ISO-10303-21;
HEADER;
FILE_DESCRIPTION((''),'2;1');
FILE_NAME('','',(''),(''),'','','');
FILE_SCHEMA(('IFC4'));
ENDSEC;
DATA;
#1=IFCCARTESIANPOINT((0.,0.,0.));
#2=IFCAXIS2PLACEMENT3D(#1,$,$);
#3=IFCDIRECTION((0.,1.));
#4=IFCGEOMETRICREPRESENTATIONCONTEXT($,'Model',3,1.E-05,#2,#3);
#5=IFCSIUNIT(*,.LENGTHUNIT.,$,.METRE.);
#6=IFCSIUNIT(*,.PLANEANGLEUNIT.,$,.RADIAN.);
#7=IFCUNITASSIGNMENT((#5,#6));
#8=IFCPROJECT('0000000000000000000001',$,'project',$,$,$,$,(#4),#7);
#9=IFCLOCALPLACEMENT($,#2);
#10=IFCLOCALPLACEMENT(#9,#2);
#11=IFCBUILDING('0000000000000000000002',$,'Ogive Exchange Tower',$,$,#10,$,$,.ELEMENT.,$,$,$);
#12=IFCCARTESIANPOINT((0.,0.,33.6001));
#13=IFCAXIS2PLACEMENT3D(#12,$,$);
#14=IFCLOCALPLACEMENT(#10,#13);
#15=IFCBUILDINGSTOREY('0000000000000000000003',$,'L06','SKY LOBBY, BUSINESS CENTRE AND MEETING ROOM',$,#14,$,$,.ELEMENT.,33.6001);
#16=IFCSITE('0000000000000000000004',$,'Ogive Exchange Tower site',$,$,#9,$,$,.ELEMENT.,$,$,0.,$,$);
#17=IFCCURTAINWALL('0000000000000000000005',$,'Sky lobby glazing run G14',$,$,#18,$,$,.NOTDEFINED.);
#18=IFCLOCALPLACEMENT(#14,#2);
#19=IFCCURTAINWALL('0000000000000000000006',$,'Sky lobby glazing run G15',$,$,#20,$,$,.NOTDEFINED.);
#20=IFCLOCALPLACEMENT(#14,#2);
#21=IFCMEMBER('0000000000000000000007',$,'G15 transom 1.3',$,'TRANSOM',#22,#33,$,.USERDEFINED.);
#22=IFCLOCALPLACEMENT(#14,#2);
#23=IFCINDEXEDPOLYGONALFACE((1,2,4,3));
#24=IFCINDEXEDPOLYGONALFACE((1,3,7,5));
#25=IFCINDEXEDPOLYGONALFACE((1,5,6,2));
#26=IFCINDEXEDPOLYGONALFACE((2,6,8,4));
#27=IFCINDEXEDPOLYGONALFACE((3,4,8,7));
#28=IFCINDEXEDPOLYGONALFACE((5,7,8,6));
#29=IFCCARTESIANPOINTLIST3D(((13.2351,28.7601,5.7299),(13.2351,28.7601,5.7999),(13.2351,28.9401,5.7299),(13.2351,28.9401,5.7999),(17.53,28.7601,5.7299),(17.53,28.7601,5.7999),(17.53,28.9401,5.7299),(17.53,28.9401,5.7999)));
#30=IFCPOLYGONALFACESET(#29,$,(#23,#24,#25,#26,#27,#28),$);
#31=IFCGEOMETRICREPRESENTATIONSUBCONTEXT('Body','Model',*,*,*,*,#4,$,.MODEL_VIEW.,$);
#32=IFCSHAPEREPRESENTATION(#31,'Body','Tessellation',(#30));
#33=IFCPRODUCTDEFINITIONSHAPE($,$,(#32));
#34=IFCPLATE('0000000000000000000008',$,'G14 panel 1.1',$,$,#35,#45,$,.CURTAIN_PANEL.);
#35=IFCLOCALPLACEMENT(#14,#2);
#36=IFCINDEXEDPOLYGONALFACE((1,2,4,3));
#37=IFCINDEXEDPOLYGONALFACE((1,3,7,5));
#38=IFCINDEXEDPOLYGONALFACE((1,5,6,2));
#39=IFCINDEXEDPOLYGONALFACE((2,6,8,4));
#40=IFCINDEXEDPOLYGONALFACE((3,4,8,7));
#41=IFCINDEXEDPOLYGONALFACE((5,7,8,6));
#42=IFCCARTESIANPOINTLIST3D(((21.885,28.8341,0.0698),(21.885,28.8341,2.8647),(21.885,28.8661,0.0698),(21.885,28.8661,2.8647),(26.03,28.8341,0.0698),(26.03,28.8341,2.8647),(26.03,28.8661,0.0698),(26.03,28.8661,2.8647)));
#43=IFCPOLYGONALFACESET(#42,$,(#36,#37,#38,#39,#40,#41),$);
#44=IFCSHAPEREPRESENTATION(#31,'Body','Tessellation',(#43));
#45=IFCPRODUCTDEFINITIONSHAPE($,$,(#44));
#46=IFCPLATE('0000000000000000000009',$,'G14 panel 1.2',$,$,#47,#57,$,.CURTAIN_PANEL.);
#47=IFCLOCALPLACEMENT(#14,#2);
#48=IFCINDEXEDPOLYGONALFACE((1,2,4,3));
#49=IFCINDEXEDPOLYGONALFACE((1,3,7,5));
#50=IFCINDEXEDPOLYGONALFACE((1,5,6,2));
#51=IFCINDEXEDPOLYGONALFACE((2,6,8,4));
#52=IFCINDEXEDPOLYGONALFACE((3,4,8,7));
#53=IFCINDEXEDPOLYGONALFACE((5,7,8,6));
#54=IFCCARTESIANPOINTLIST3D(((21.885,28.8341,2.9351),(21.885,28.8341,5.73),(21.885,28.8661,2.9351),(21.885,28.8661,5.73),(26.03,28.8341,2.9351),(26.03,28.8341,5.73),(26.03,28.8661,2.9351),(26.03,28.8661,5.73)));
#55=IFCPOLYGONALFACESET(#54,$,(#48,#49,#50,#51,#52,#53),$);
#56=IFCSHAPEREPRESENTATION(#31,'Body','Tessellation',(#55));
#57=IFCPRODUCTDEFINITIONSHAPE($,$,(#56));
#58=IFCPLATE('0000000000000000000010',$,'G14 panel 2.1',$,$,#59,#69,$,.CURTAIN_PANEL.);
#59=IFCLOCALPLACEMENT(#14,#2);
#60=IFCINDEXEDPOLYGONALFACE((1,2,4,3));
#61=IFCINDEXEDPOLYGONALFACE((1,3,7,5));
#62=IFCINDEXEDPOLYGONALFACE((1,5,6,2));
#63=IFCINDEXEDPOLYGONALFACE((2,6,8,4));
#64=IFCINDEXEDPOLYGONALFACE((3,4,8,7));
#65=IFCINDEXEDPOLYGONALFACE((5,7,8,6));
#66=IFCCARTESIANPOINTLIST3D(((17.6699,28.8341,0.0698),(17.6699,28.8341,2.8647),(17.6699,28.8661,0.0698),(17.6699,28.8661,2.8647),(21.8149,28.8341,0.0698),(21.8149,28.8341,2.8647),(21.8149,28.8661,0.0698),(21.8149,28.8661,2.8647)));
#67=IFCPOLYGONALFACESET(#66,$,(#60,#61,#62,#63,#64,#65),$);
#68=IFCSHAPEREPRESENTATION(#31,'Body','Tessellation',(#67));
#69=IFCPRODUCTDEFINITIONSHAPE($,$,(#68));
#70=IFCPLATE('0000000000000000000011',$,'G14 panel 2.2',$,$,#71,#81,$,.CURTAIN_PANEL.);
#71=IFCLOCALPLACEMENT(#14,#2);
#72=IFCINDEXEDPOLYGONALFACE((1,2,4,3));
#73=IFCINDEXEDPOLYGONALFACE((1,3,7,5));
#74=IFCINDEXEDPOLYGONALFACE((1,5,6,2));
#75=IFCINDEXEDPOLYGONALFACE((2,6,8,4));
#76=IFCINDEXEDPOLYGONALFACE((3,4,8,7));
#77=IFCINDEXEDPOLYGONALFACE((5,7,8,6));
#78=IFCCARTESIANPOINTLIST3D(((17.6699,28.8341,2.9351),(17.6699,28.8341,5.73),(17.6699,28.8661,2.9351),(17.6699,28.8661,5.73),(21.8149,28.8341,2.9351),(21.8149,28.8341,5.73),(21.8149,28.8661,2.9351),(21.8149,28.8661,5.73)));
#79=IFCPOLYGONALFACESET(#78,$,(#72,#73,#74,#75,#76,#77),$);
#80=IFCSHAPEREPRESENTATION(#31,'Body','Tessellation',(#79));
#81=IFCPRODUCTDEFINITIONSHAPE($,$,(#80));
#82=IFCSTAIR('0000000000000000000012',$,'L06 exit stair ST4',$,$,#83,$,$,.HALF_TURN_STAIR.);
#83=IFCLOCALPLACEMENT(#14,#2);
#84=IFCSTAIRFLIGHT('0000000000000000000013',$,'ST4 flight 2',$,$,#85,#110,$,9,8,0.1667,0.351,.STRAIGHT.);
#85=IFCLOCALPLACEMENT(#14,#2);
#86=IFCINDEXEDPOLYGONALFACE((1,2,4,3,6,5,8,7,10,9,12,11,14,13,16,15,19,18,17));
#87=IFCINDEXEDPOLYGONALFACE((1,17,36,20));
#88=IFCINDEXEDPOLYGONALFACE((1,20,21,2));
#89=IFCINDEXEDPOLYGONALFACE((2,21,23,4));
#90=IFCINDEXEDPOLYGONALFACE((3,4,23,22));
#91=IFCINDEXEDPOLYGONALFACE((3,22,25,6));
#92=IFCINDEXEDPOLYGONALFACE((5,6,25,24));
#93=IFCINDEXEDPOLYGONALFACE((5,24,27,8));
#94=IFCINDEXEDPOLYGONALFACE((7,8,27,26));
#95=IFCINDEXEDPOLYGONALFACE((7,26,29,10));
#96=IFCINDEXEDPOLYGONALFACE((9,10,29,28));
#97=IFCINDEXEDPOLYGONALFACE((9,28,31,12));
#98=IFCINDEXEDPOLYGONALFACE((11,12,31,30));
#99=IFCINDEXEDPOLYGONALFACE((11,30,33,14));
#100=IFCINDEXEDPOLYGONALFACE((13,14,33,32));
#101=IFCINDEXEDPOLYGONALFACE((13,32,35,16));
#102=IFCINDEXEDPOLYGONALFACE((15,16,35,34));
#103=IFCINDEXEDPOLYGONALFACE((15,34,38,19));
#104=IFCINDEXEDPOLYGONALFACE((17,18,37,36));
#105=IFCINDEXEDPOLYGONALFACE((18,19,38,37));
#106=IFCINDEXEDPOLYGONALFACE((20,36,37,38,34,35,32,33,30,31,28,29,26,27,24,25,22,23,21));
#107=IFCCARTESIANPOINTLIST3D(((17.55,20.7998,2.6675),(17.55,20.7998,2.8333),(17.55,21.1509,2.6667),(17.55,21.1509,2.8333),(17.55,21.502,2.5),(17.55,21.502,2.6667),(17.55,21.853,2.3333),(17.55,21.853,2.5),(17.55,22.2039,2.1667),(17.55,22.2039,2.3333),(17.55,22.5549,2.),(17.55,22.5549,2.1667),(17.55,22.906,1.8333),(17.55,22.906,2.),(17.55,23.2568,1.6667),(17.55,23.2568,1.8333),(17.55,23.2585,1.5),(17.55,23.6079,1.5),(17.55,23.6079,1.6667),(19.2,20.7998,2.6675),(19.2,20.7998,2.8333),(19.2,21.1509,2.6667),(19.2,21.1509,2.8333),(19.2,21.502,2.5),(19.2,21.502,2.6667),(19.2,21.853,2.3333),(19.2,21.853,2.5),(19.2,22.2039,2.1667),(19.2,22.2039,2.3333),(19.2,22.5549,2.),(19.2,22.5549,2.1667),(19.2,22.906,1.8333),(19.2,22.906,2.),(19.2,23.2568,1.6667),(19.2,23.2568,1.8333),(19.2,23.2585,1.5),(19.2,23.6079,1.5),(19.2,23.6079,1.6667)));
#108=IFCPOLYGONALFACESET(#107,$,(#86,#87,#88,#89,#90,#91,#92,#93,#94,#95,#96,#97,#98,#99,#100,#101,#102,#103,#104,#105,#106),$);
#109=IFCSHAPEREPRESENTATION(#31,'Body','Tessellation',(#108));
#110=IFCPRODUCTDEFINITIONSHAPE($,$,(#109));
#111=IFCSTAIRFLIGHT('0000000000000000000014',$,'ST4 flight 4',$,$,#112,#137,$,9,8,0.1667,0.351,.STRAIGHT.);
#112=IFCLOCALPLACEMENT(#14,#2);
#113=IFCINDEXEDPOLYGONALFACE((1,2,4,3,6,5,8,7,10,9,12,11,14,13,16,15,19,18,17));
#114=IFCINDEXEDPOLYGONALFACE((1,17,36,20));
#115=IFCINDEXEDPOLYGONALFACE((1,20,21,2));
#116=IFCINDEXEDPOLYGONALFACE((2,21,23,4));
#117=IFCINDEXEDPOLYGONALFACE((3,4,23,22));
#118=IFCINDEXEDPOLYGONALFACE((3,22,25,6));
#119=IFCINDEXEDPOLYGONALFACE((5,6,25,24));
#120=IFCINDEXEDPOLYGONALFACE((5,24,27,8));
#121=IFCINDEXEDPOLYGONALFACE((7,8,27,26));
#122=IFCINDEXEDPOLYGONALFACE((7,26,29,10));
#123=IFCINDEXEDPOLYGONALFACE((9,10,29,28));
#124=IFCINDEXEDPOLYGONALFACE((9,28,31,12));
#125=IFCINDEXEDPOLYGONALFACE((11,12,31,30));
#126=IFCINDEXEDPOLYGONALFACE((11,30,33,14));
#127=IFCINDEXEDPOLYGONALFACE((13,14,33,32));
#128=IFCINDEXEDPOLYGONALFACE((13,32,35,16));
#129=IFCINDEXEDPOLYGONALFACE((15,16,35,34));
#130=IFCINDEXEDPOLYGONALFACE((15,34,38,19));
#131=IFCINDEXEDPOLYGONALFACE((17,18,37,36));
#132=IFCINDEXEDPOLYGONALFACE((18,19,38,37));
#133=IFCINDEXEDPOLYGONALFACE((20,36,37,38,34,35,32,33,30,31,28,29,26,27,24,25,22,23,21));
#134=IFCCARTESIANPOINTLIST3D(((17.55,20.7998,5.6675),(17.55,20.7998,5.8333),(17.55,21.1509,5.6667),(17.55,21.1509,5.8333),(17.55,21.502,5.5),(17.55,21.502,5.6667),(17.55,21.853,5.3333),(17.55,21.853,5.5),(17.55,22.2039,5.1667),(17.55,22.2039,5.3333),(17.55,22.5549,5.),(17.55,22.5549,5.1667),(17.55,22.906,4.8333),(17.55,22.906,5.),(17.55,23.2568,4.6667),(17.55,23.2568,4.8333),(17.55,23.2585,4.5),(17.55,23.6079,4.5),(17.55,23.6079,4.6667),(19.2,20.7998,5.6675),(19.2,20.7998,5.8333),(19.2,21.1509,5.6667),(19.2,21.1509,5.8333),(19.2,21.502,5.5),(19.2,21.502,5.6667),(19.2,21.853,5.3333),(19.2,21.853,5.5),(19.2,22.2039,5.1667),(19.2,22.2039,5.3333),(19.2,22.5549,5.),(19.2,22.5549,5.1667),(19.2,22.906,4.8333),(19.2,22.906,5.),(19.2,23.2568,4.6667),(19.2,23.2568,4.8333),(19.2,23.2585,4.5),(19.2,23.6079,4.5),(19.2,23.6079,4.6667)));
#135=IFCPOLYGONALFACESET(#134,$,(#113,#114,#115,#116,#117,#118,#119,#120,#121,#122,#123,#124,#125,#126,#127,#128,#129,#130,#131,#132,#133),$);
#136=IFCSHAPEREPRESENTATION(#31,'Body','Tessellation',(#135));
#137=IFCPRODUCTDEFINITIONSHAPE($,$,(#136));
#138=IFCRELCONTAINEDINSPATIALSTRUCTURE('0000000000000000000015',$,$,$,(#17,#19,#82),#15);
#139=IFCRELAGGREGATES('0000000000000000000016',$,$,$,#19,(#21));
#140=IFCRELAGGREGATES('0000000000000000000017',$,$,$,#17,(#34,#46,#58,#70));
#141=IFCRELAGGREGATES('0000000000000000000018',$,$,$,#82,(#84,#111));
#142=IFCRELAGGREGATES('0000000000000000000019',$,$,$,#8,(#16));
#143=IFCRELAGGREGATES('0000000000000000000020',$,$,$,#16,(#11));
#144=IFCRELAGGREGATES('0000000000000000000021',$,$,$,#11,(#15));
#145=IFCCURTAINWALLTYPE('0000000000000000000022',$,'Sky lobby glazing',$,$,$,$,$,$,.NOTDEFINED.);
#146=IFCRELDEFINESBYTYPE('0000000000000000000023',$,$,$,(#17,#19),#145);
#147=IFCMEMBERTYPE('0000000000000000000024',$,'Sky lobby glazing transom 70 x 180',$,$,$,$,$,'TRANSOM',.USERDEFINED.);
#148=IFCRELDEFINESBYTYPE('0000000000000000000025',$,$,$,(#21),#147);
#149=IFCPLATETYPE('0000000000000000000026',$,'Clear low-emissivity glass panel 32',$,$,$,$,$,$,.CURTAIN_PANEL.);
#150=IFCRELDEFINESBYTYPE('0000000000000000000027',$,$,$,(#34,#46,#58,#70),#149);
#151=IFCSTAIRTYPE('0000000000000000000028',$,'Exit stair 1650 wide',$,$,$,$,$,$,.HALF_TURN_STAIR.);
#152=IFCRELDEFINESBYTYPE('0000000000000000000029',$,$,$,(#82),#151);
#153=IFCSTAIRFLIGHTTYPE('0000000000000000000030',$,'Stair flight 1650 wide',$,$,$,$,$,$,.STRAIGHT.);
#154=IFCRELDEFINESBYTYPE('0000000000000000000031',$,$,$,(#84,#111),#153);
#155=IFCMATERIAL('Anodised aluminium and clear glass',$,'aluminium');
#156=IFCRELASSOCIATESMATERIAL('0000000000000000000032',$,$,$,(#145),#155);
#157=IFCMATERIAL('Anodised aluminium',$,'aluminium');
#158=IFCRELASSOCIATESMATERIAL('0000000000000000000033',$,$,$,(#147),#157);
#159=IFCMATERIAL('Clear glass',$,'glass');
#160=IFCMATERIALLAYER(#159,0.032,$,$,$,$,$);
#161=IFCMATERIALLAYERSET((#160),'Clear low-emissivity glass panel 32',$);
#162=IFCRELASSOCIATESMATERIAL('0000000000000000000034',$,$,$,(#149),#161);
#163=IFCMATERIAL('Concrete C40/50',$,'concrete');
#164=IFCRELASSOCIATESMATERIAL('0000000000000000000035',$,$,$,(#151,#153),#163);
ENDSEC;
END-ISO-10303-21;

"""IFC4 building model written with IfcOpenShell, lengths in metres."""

from ifc_helpers import new_model, si_unit, direction, frame, origin, origin_2d, place, context, subcontext, project, spatial, polyline, rectangle, outline, extrude, material, layer, layer_set, material_profile, profile_set, type_object, element, aggregate, save


model = new_model("IFC4")

# Units and contexts
model_context = context("Model", 3, precision=1e-05, world=origin(), true_north=direction((0.0, 1.0)))
body_context = subcontext(model_context, "Body", "Model", "MODEL_VIEW")
ifc_project = project(units=[si_unit("LENGTHUNIT", "METRE"), si_unit("PLANEANGLEUNIT", "RADIAN")], contexts=[model_context])

# Site, building, storey
site_placement = place(None, origin())
site = spatial("IfcSite", under=ifc_project, at=site_placement, Name="Ogive Exchange Tower site", CompositionType="ELEMENT", RefElevation=0.0)
building_placement = place(site_placement, origin())
building = spatial("IfcBuilding", under=site, at=building_placement, Name="Ogive Exchange Tower", CompositionType="ELEMENT")
storey_placement = place(building_placement, frame((0.0, 0.0, 33.6001)))
storey = spatial("IfcBuildingStorey", under=building, at=storey_placement, Name="L06", Description="SKY LOBBY, BUSINESS CENTRE AND MEETING ROOM", CompositionType="ELEMENT", Elevation=33.6001)

# Curtain wall
ifc_material_1 = material(Name="Anodised aluminium and clear glass", Category="aluminium")
curtain_wall_type = type_object("IfcCurtainWallType", Name="Sky lobby glazing", PredefinedType="NOTDEFINED", material=ifc_material_1)
curtain_wall_1_placement = place(storey_placement, origin())
curtain_wall_1 = element("IfcCurtainWall", 1, at=curtain_wall_1_placement, inside=storey, type_object=curtain_wall_type, Name="Sky lobby glazing run G14", PredefinedType="NOTDEFINED")
ifc_material_2 = material(Name="Anodised aluminium", Category="aluminium")

# Curtain wall
curtain_wall_2_placement = place(storey_placement, origin())
curtain_wall_2 = element("IfcCurtainWall", 2, at=curtain_wall_2_placement, inside=storey, type_object=curtain_wall_type, Name="Sky lobby glazing run G15", PredefinedType="NOTDEFINED")

# Member
ifc_material_profile_1 = material_profile(ifc_material_2, rectangle(XDim=0.1799, YDim=0.0701, at=origin_2d()), Name="AL 70x180")
ifc_profile_set_1 = profile_set([ifc_material_profile_1], Name="Anodised aluminium")
member_type_1 = type_object("IfcMemberType", Name="Sky lobby glazing transom 70 x 180", ElementType="TRANSOM", PredefinedType="USERDEFINED", material=ifc_profile_set_1)
member_1_placement = place(storey_placement, frame((17.53, 28.8501, 5.7649), z_axis=(-1.0, 0.0, 0.0), x_axis=(0.0, -1.0, 0.0)))
member_1 = element("IfcMember", 3, at=member_1_placement, type_object=member_type_1, Name="G15 transom 1.3", ObjectType="TRANSOM", PredefinedType="USERDEFINED", context=body_context, shape_type="SweptSolid", body=[
    extrude(rectangle(XDim=0.1799, YDim=0.0701, at=origin_2d()), origin(), (0.0, 0.0, 1.0), 4.2949),
])
aggregate(curtain_wall_2, [member_1])

# Plates
ifc_material_3 = material(Name="Clear glass", Category="glass")
ifc_layer = layer(ifc_material_3, 0.032)
ifc_layer_set = layer_set([ifc_layer], Name="Clear low-emissivity glass panel 32")
plate_type = type_object("IfcPlateType", Name="Clear low-emissivity glass panel 32", PredefinedType="CURTAIN_PANEL", material=ifc_layer_set)
plate_1_placement = place(storey_placement, frame((23.9575, 28.8501, 0.0698), z_axis=(0.0, 0.0, 1.0), x_axis=(-1.0, 0.0, 0.0)))
plate_1 = element("IfcPlate", 4, at=plate_1_placement, type_object=plate_type, Name="G14 panel 1.1", PredefinedType="CURTAIN_PANEL", context=body_context, shape_type="SweptSolid", body=[
    extrude(rectangle(XDim=4.145, YDim=0.032, at=origin_2d()), origin(), (0.0, 0.0, 1.0), 2.7949),
])
plate_2_placement = place(storey_placement, frame((23.9575, 28.8501, 2.9351), z_axis=(0.0, 0.0, 1.0), x_axis=(-1.0, 0.0, 0.0)))
plate_2 = element("IfcPlate", 5, at=plate_2_placement, type_object=plate_type, Name="G14 panel 1.2", PredefinedType="CURTAIN_PANEL", context=body_context, shape_type="SweptSolid", body=[
    extrude(rectangle(XDim=4.145, YDim=0.032, at=origin_2d()), origin(), (0.0, 0.0, 1.0), 2.7949),
])
plate_3_placement = place(storey_placement, frame((19.7424, 28.8501, 0.0698), z_axis=(0.0, 0.0, 1.0), x_axis=(-1.0, 0.0, 0.0)))
plate_3 = element("IfcPlate", 6, at=plate_3_placement, type_object=plate_type, Name="G14 panel 2.1", PredefinedType="CURTAIN_PANEL", context=body_context, shape_type="SweptSolid", body=[
    extrude(rectangle(XDim=4.145, YDim=0.032, at=origin_2d()), origin(), (0.0, 0.0, 1.0), 2.7949),
])
plate_4_placement = place(storey_placement, frame((19.7424, 28.8501, 2.9351), z_axis=(0.0, 0.0, 1.0), x_axis=(-1.0, 0.0, 0.0)))
plate_4 = element("IfcPlate", 7, at=plate_4_placement, type_object=plate_type, Name="G14 panel 2.2", PredefinedType="CURTAIN_PANEL", context=body_context, shape_type="SweptSolid", body=[
    extrude(rectangle(XDim=4.145, YDim=0.032, at=origin_2d()), origin(), (0.0, 0.0, 1.0), 2.7949),
])
aggregate(curtain_wall_1, [plate_1, plate_2, plate_3, plate_4])

# Stair, stair flights
ifc_material_4 = material(Name="Concrete C40/50", Category="concrete")
stair_type = type_object("IfcStairType", Name="Exit stair 1650 wide", PredefinedType="HALF_TURN_STAIR", material=ifc_material_4)
stair_placement = place(storey_placement, origin())
stair = element("IfcStair", 8, at=stair_placement, inside=storey, type_object=stair_type, Name="L06 exit stair ST4", PredefinedType="HALF_TURN_STAIR")
stair_flight_type = type_object("IfcStairFlightType", Name="Stair flight 1650 wide", PredefinedType="STRAIGHT", material=ifc_material_4)
stair_flight_1_placement = place(storey_placement, frame((18.375, 23.6079, 1.5), z_axis=(0.0, 0.0, 1.0), x_axis=(0.0, -1.0, 0.0)))
stair_flight_1 = element("IfcStairFlight", 9, at=stair_flight_1_placement, type_object=stair_flight_type, Name="ST4 flight 2", NumberOfRisers=9, NumberOfTreads=8, PredefinedType="STRAIGHT", RiserHeight=0.1667, TreadLength=0.351, context=body_context, shape_type="SweptSolid", body=[
    extrude(outline(polyline([(0.0, 0.0), (0.0, 0.1667), (0.3511, 0.1667), (0.3511, 0.3333), (0.7019, 0.3333), (0.7019, 0.5), (1.053, 0.5), (1.053, 0.6667), (1.4041, 0.6667), (1.4041, 0.8333), (1.7549, 0.8333), (1.7549, 1.0), (2.106, 1.0), (2.106, 1.1667), (2.457, 1.1667), (2.457, 1.3333), (2.8081, 1.3333), (2.8081, 1.5), (2.8081, 1.1675), (0.3494, 0.0), (0.0, 0.0)])), frame((0.0, 0.825, 0.0), z_axis=(0.0, -1.0, 0.0), x_axis=(1.0, 0.0, 0.0)), (0.0, 0.0, 1.0), 1.6499),
])
stair_flight_2_placement = place(storey_placement, frame((18.375, 23.6079, 4.5), z_axis=(0.0, 0.0, 1.0), x_axis=(0.0, -1.0, 0.0)))
stair_flight_2 = element("IfcStairFlight", 10, at=stair_flight_2_placement, type_object=stair_flight_type, Name="ST4 flight 4", NumberOfRisers=9, NumberOfTreads=8, PredefinedType="STRAIGHT", RiserHeight=0.1667, TreadLength=0.351, context=body_context, shape_type="SweptSolid", body=[
    extrude(outline(polyline([(0.0, 0.0), (0.0, 0.1667), (0.3511, 0.1667), (0.3511, 0.3333), (0.7019, 0.3333), (0.7019, 0.5), (1.053, 0.5), (1.053, 0.6667), (1.4041, 0.6667), (1.4041, 0.8333), (1.7549, 0.8333), (1.7549, 1.0), (2.106, 1.0), (2.106, 1.1667), (2.457, 1.1667), (2.457, 1.3333), (2.8081, 1.3333), (2.8081, 1.5), (2.8081, 1.1675), (0.3494, 0.0), (0.0, 0.0)])), frame((0.0, 0.825, 0.0), z_axis=(0.0, -1.0, 0.0), x_axis=(1.0, 0.0, 0.0)), (0.0, 0.0, 1.0), 1.6499),
])
aggregate(stair, [stair_flight_1, stair_flight_2])

save(model, "model.ifc")
